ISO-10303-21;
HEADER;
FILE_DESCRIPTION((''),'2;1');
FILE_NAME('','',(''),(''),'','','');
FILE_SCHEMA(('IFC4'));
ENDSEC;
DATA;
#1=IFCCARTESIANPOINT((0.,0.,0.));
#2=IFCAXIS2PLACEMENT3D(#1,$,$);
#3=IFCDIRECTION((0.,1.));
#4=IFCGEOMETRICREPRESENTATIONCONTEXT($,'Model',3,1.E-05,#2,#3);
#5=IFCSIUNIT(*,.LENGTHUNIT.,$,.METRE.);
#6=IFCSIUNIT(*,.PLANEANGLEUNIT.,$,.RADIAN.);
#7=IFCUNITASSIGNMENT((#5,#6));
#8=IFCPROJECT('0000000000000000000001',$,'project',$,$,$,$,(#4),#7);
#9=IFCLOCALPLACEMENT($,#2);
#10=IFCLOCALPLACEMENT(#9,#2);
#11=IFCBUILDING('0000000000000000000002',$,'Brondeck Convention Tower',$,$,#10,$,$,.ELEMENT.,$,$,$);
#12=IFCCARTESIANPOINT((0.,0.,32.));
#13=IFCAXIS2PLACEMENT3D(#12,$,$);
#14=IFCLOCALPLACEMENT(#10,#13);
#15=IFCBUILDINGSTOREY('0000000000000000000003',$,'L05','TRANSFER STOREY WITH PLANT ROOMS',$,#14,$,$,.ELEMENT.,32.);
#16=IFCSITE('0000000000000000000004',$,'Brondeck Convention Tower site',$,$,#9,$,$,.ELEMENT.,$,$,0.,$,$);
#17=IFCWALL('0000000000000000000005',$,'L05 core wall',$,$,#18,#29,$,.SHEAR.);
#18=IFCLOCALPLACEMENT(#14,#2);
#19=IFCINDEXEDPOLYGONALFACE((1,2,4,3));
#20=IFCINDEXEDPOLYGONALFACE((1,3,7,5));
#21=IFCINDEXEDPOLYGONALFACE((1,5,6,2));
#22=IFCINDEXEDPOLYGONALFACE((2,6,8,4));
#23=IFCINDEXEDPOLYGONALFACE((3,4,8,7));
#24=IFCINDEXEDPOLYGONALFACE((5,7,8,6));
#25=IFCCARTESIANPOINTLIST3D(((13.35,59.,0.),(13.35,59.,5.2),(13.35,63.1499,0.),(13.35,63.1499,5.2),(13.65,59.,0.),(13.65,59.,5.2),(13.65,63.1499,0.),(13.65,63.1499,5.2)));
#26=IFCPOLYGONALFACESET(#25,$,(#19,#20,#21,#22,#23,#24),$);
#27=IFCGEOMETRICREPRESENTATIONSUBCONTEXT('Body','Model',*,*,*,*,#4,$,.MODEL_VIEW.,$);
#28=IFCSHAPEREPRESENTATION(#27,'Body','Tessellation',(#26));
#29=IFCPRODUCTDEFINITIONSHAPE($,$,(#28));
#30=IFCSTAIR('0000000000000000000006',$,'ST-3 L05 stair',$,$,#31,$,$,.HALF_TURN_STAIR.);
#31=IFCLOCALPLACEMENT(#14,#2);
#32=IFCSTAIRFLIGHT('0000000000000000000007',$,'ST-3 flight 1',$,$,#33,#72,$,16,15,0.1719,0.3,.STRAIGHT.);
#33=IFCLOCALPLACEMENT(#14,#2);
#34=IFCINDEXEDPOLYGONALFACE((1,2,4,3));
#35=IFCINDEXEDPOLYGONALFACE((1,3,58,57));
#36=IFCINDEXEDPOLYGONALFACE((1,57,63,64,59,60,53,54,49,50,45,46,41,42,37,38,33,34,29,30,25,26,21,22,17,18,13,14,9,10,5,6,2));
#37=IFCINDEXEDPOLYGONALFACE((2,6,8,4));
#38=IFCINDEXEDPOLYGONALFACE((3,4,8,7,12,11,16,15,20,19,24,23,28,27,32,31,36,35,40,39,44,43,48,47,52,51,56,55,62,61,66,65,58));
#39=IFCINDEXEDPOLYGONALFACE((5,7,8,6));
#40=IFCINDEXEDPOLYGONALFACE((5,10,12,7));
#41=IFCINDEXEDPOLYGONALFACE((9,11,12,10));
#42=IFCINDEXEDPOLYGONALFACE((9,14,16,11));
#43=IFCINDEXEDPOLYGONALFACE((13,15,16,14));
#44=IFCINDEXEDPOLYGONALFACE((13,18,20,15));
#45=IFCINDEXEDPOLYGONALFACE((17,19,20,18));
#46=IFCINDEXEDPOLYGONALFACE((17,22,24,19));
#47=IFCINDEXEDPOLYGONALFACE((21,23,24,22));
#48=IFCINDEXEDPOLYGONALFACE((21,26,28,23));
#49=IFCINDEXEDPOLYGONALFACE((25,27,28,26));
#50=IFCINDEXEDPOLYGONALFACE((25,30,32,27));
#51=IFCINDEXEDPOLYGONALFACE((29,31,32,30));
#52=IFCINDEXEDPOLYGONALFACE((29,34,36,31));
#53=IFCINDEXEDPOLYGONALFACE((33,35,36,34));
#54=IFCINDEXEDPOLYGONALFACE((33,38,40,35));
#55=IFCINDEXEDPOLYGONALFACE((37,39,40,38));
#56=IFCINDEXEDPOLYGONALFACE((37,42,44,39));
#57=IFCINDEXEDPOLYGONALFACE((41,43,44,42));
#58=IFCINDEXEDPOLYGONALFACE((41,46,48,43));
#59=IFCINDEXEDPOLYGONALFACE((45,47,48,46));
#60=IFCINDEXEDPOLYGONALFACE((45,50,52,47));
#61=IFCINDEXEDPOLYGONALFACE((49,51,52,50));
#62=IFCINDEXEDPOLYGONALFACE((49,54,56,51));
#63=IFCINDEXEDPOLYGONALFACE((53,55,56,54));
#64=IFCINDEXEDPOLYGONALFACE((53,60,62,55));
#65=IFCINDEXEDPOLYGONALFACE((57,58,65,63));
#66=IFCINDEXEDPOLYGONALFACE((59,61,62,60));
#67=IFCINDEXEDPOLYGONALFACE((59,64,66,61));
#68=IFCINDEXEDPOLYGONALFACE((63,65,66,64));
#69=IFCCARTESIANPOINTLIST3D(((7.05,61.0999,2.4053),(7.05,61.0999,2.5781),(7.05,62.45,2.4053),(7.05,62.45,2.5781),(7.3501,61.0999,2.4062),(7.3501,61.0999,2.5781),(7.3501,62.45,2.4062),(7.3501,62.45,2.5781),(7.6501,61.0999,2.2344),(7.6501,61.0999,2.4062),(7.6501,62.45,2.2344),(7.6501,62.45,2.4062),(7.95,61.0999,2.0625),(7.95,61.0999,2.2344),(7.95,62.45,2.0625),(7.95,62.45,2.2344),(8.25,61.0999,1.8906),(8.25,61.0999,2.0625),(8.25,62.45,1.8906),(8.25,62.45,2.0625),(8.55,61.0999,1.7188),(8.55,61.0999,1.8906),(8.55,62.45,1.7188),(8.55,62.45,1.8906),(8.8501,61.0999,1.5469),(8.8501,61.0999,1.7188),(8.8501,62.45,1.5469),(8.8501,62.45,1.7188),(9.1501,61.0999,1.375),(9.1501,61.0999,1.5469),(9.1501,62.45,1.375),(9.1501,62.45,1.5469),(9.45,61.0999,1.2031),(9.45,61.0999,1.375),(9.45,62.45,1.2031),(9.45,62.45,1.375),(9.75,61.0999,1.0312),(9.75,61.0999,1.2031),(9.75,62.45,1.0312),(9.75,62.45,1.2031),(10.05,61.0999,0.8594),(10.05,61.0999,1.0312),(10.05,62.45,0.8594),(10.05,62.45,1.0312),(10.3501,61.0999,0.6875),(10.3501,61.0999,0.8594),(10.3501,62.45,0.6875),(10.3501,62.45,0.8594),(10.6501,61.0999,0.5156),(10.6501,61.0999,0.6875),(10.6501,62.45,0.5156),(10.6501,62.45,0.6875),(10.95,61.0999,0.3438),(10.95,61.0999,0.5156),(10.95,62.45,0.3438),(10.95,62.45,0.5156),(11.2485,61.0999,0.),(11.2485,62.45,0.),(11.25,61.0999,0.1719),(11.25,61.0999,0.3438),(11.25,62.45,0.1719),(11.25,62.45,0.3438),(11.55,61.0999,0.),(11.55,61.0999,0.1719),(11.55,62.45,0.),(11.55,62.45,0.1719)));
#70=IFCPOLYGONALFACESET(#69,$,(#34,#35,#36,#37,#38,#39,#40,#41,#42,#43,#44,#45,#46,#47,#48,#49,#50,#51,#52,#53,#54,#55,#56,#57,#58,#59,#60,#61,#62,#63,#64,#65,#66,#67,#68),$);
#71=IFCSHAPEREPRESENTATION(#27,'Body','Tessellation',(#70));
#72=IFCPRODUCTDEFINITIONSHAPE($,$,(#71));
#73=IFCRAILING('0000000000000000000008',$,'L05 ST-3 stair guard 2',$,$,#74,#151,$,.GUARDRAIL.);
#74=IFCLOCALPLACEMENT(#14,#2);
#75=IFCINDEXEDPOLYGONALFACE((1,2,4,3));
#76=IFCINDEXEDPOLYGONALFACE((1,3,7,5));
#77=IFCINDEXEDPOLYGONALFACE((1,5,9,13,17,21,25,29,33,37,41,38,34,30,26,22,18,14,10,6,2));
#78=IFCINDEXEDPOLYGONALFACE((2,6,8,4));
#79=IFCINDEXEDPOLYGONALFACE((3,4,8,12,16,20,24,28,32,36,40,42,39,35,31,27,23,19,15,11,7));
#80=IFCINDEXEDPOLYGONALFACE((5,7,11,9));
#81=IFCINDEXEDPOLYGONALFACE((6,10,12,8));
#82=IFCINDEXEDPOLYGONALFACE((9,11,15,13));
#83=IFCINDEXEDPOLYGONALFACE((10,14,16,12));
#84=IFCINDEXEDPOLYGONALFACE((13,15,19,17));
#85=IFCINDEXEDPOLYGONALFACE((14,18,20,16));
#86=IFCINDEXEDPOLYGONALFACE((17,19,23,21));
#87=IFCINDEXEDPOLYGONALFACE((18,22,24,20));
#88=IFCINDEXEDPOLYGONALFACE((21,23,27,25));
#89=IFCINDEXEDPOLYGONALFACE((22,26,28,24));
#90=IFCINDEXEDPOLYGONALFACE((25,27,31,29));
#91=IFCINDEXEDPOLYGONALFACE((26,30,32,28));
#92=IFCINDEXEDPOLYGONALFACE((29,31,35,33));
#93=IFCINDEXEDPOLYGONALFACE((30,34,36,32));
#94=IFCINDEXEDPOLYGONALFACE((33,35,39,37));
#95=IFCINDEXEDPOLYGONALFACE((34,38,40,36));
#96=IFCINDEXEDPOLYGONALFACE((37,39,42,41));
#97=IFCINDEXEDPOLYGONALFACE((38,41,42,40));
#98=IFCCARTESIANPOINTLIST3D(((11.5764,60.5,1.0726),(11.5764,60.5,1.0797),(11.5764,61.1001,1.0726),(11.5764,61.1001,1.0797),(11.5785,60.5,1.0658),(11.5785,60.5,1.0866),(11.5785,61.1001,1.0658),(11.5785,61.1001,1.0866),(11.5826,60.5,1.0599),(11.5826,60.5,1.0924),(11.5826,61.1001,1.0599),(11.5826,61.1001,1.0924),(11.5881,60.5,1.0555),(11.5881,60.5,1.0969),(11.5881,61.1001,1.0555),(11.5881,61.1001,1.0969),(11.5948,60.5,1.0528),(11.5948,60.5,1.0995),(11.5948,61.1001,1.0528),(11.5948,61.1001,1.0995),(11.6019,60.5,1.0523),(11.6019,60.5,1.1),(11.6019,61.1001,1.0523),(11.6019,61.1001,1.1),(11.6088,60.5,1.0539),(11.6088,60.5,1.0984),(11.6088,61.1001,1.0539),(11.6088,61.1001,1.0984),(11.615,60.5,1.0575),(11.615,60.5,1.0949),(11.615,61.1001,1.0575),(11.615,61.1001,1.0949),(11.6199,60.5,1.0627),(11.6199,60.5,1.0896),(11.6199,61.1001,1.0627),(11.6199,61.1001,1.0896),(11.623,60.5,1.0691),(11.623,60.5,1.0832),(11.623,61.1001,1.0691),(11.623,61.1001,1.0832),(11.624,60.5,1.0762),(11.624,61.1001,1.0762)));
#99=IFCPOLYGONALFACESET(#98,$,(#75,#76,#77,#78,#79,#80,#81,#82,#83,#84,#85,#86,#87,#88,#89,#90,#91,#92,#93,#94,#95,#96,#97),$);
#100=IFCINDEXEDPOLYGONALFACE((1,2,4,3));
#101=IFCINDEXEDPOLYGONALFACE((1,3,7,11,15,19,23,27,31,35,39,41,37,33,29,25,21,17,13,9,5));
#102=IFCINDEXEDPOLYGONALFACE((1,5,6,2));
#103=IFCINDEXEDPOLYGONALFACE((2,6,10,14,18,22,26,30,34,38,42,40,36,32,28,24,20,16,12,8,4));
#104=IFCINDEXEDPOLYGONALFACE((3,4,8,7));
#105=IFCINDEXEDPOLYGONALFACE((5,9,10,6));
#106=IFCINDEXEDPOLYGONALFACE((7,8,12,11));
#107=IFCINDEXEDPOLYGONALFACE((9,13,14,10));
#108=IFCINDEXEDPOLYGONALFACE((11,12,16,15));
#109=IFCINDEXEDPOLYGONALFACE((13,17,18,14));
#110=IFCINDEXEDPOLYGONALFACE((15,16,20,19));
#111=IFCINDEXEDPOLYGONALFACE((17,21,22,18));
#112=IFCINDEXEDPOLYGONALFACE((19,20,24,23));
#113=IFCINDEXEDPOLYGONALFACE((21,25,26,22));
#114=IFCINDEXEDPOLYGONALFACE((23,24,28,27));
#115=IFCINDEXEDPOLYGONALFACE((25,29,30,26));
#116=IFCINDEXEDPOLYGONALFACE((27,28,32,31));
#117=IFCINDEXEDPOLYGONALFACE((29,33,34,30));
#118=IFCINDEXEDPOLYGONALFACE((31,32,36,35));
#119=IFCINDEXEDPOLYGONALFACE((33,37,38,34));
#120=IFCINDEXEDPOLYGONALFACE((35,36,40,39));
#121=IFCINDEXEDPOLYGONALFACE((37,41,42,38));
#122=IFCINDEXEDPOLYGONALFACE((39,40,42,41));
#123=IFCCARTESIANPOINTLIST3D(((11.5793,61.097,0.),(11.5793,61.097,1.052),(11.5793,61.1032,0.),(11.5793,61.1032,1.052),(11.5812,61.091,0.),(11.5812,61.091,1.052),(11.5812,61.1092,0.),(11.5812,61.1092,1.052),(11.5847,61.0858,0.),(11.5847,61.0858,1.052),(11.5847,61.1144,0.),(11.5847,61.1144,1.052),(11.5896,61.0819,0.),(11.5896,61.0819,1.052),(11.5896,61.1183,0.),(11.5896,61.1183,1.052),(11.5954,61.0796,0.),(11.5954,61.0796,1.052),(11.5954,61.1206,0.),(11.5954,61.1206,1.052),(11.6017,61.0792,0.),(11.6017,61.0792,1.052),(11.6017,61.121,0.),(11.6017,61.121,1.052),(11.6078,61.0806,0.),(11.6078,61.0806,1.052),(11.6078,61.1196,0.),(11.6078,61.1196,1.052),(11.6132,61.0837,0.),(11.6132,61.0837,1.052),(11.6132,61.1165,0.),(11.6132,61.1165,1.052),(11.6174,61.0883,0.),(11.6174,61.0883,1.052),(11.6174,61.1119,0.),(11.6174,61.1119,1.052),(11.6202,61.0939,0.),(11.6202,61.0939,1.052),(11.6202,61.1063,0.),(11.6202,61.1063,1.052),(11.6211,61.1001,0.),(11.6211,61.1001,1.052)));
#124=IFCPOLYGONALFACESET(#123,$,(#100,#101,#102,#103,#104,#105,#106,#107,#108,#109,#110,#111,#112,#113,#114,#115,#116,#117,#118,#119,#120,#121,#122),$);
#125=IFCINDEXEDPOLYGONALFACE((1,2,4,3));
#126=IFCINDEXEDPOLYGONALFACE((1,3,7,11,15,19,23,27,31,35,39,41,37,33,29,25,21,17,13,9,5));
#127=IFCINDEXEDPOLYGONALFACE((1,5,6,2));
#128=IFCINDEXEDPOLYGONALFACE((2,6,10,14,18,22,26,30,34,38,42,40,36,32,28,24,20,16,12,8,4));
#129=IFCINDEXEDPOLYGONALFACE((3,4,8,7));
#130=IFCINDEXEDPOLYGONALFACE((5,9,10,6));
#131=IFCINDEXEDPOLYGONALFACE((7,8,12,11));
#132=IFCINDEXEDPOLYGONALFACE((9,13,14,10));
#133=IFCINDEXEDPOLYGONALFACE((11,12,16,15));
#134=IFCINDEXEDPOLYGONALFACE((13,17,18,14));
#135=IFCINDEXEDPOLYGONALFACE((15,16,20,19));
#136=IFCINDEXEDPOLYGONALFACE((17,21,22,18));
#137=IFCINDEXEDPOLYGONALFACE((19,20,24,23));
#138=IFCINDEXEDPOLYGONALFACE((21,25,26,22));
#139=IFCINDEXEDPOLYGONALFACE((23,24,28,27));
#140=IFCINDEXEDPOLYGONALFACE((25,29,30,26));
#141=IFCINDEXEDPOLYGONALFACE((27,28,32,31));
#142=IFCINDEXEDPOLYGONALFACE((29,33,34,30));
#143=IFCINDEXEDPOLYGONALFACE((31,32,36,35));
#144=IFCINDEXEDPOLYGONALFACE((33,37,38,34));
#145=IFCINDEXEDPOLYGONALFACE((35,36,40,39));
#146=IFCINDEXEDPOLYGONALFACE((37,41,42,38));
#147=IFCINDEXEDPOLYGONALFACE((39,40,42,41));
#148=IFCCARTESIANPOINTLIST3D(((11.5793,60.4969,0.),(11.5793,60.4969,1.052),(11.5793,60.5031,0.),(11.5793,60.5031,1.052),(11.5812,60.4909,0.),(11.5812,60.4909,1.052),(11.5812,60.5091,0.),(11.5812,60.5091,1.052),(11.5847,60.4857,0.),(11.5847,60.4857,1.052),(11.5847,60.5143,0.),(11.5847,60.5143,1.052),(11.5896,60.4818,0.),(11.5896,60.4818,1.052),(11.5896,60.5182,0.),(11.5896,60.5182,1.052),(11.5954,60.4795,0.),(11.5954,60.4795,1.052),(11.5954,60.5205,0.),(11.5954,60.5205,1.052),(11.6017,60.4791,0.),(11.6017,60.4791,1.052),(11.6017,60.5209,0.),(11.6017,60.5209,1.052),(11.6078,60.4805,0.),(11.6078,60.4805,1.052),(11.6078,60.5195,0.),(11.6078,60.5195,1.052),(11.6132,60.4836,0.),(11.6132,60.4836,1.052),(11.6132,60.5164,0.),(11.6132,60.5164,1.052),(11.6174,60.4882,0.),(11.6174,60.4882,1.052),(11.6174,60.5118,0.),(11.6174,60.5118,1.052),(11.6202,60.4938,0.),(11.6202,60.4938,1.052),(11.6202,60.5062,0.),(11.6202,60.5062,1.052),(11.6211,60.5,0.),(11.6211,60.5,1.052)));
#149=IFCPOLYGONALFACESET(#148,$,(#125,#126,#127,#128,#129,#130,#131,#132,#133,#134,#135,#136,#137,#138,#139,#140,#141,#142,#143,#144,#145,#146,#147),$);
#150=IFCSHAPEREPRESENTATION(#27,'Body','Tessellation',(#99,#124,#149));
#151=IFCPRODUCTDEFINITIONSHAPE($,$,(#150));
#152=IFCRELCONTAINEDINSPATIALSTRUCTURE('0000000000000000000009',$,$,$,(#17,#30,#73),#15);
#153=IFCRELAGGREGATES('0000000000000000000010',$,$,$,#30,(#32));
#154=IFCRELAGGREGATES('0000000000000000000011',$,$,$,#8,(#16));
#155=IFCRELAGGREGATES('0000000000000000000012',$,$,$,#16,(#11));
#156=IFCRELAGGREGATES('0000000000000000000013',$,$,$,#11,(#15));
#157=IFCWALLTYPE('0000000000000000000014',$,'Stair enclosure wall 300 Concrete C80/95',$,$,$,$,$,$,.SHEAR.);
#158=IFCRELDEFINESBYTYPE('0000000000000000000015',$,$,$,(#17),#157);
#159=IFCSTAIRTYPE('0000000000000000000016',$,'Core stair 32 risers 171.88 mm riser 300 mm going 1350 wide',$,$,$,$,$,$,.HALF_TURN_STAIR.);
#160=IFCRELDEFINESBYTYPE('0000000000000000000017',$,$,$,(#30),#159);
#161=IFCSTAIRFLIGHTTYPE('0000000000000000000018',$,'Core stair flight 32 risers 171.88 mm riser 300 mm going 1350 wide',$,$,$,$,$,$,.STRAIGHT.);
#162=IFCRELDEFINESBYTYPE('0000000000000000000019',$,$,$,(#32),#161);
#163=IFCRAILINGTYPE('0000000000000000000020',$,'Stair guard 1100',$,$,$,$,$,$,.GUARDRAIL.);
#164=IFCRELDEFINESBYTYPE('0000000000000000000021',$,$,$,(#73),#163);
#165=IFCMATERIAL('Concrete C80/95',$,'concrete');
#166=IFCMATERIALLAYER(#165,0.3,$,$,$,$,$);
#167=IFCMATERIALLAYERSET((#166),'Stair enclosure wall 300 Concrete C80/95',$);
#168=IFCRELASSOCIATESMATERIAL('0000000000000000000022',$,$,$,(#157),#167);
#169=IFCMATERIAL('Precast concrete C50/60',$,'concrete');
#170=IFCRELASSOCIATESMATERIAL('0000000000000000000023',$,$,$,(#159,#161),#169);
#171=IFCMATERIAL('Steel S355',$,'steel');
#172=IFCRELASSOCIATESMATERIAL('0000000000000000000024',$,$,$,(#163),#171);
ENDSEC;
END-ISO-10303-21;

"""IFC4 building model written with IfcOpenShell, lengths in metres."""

from ifc_helpers import new_model, si_unit, direction, frame, frame_2d, origin, origin_2d, place, context, subcontext, project, spatial, polyline, rectangle, circle, outline, extrude, material, layer, layer_set, type_object, element, aggregate, save


model = new_model("IFC4")

# Units and contexts
model_context = context("Model", 3, precision=1e-05, world=origin(), true_north=direction((0.0, 1.0)))
body_context = subcontext(model_context, "Body", "Model", "MODEL_VIEW")
ifc_project = project(units=[si_unit("LENGTHUNIT", "METRE"), si_unit("PLANEANGLEUNIT", "RADIAN")], contexts=[model_context])

# Site, building, storey
site_placement = place(None, origin())
site = spatial("IfcSite", under=ifc_project, at=site_placement, Name="Brondeck Convention Tower site", CompositionType="ELEMENT", RefElevation=0.0)
building_placement = place(site_placement, origin())
building = spatial("IfcBuilding", under=site, at=building_placement, Name="Brondeck Convention Tower", CompositionType="ELEMENT")
storey_placement = place(building_placement, frame((0.0, 0.0, 32.0)))
storey = spatial("IfcBuildingStorey", under=building, at=storey_placement, Name="L05", Description="TRANSFER STOREY WITH PLANT ROOMS", CompositionType="ELEMENT", Elevation=32.0)

# Shared definitions
ifc_material_1 = material(Name="Concrete C80/95", Category="concrete")

# Wall
ifc_layer_1 = layer(ifc_material_1, 0.3)
ifc_layer_set_1 = layer_set([ifc_layer_1], Name="Stair enclosure wall 300 Concrete C80/95")
wall_type_1 = type_object("IfcWallType", Name="Stair enclosure wall 300 Concrete C80/95", PredefinedType="SHEAR", material=ifc_layer_set_1)
wall_1_placement = place(storey_placement, frame((13.5, 59.0, 0.0), z_axis=(0.0, 0.0, 1.0), x_axis=(0.0, 1.0, 0.0)))
element("IfcWall", 1, at=wall_1_placement, inside=storey, type_object=wall_type_1, Name="L05 core wall", PredefinedType="SHEAR", context=body_context, shape_type="SweptSolid", body=[
    extrude(rectangle(XDim=4.1499, YDim=0.3, at=frame_2d((2.075, 0.0))), origin(), (0.0, 0.0, 1.0), 5.2),
])

# Stair, stair flight
ifc_material_2 = material(Name="Precast concrete C50/60", Category="concrete")
stair_type = type_object("IfcStairType", Name="Core stair 32 risers 171.88 mm riser 300 mm going 1350 wide", PredefinedType="HALF_TURN_STAIR", material=ifc_material_2)
stair_placement = place(storey_placement, origin())
stair = element("IfcStair", 2, at=stair_placement, inside=storey, type_object=stair_type, Name="ST-3 L05 stair", PredefinedType="HALF_TURN_STAIR")
stair_flight_type = type_object("IfcStairFlightType", Name="Core stair flight 32 risers 171.88 mm riser 300 mm going 1350 wide", PredefinedType="STRAIGHT", material=ifc_material_2)
stair_flight_placement = place(storey_placement, frame((11.55, 61.7749, 0.0), z_axis=(0.0, 0.0, 1.0), x_axis=(-1.0, 0.0, 0.0)))
stair_flight = element("IfcStairFlight", 3, at=stair_flight_placement, type_object=stair_flight_type, Name="ST-3 flight 1", NumberOfRisers=16, NumberOfTreads=15, PredefinedType="STRAIGHT", RiserHeight=0.1719, TreadLength=0.3, context=body_context, shape_type="SweptSolid", body=[
    extrude(outline(polyline([(0.0, 0.0), (0.0, 0.1719), (0.3, 0.1719), (0.3, 0.3438), (0.6001, 0.3438), (0.6001, 0.5156), (0.8999, 0.5156), (0.8999, 0.6875), (1.2, 0.6875), (1.2, 0.8594), (1.5, 0.8594), (1.5, 1.0312), (1.8, 1.0312), (1.8, 1.2031), (2.1001, 1.2031), (2.1001, 1.375), (2.3999, 1.375), (2.3999, 1.5469), (2.7, 1.5469), (2.7, 1.7188), (3.0, 1.7188), (3.0, 1.8906), (3.3, 1.8906), (3.3, 2.0625), (3.6001, 2.0625), (3.6001, 2.2344), (3.8999, 2.2344), (3.8999, 2.4062), (4.2, 2.4062), (4.2, 2.5781), (4.5, 2.5781), (4.5, 2.75), (4.5, 2.4053), (0.3015, 0.0), (0.0, 0.0)])), frame((0.0, 0.675, 0.0), z_axis=(0.0, -1.0, 0.0), x_axis=(1.0, 0.0, 0.0)), (0.0, 0.0, 1.0), 1.3501),
])
aggregate(stair, [stair_flight])

# Railing
ifc_material_3 = material(Name="Steel S355", Category="steel")
railing_type_1 = type_object("IfcRailingType", Name="Stair guard 1100", PredefinedType="GUARDRAIL", material=ifc_material_3)
railing_1_placement = place(storey_placement, frame((11.6001, 61.1001, 0.0)))
element("IfcRailing", 4, at=railing_1_placement, inside=storey, type_object=railing_type_1, Name="L05 ST-3 stair guard 2", PredefinedType="GUARDRAIL", context=body_context, shape_type="SweptSolid", body=[
    extrude(circle(Radius=0.0239, at=origin_2d()), frame((0.0, 0.0, 1.0762), z_axis=(0.0, -1.0, 0.0), x_axis=(1.0, 0.0, 0.0)), (0.0, 0.0, 1.0), 0.6001),
    extrude(circle(Radius=0.021, at=origin_2d()), origin(), (0.0, 0.0, 1.0), 1.052),
    extrude(circle(Radius=0.021, at=origin_2d()), frame((0.0, -0.6001, 0.0)), (0.0, 0.0, 1.0), 1.052),
])

save(model, "model.ifc")
